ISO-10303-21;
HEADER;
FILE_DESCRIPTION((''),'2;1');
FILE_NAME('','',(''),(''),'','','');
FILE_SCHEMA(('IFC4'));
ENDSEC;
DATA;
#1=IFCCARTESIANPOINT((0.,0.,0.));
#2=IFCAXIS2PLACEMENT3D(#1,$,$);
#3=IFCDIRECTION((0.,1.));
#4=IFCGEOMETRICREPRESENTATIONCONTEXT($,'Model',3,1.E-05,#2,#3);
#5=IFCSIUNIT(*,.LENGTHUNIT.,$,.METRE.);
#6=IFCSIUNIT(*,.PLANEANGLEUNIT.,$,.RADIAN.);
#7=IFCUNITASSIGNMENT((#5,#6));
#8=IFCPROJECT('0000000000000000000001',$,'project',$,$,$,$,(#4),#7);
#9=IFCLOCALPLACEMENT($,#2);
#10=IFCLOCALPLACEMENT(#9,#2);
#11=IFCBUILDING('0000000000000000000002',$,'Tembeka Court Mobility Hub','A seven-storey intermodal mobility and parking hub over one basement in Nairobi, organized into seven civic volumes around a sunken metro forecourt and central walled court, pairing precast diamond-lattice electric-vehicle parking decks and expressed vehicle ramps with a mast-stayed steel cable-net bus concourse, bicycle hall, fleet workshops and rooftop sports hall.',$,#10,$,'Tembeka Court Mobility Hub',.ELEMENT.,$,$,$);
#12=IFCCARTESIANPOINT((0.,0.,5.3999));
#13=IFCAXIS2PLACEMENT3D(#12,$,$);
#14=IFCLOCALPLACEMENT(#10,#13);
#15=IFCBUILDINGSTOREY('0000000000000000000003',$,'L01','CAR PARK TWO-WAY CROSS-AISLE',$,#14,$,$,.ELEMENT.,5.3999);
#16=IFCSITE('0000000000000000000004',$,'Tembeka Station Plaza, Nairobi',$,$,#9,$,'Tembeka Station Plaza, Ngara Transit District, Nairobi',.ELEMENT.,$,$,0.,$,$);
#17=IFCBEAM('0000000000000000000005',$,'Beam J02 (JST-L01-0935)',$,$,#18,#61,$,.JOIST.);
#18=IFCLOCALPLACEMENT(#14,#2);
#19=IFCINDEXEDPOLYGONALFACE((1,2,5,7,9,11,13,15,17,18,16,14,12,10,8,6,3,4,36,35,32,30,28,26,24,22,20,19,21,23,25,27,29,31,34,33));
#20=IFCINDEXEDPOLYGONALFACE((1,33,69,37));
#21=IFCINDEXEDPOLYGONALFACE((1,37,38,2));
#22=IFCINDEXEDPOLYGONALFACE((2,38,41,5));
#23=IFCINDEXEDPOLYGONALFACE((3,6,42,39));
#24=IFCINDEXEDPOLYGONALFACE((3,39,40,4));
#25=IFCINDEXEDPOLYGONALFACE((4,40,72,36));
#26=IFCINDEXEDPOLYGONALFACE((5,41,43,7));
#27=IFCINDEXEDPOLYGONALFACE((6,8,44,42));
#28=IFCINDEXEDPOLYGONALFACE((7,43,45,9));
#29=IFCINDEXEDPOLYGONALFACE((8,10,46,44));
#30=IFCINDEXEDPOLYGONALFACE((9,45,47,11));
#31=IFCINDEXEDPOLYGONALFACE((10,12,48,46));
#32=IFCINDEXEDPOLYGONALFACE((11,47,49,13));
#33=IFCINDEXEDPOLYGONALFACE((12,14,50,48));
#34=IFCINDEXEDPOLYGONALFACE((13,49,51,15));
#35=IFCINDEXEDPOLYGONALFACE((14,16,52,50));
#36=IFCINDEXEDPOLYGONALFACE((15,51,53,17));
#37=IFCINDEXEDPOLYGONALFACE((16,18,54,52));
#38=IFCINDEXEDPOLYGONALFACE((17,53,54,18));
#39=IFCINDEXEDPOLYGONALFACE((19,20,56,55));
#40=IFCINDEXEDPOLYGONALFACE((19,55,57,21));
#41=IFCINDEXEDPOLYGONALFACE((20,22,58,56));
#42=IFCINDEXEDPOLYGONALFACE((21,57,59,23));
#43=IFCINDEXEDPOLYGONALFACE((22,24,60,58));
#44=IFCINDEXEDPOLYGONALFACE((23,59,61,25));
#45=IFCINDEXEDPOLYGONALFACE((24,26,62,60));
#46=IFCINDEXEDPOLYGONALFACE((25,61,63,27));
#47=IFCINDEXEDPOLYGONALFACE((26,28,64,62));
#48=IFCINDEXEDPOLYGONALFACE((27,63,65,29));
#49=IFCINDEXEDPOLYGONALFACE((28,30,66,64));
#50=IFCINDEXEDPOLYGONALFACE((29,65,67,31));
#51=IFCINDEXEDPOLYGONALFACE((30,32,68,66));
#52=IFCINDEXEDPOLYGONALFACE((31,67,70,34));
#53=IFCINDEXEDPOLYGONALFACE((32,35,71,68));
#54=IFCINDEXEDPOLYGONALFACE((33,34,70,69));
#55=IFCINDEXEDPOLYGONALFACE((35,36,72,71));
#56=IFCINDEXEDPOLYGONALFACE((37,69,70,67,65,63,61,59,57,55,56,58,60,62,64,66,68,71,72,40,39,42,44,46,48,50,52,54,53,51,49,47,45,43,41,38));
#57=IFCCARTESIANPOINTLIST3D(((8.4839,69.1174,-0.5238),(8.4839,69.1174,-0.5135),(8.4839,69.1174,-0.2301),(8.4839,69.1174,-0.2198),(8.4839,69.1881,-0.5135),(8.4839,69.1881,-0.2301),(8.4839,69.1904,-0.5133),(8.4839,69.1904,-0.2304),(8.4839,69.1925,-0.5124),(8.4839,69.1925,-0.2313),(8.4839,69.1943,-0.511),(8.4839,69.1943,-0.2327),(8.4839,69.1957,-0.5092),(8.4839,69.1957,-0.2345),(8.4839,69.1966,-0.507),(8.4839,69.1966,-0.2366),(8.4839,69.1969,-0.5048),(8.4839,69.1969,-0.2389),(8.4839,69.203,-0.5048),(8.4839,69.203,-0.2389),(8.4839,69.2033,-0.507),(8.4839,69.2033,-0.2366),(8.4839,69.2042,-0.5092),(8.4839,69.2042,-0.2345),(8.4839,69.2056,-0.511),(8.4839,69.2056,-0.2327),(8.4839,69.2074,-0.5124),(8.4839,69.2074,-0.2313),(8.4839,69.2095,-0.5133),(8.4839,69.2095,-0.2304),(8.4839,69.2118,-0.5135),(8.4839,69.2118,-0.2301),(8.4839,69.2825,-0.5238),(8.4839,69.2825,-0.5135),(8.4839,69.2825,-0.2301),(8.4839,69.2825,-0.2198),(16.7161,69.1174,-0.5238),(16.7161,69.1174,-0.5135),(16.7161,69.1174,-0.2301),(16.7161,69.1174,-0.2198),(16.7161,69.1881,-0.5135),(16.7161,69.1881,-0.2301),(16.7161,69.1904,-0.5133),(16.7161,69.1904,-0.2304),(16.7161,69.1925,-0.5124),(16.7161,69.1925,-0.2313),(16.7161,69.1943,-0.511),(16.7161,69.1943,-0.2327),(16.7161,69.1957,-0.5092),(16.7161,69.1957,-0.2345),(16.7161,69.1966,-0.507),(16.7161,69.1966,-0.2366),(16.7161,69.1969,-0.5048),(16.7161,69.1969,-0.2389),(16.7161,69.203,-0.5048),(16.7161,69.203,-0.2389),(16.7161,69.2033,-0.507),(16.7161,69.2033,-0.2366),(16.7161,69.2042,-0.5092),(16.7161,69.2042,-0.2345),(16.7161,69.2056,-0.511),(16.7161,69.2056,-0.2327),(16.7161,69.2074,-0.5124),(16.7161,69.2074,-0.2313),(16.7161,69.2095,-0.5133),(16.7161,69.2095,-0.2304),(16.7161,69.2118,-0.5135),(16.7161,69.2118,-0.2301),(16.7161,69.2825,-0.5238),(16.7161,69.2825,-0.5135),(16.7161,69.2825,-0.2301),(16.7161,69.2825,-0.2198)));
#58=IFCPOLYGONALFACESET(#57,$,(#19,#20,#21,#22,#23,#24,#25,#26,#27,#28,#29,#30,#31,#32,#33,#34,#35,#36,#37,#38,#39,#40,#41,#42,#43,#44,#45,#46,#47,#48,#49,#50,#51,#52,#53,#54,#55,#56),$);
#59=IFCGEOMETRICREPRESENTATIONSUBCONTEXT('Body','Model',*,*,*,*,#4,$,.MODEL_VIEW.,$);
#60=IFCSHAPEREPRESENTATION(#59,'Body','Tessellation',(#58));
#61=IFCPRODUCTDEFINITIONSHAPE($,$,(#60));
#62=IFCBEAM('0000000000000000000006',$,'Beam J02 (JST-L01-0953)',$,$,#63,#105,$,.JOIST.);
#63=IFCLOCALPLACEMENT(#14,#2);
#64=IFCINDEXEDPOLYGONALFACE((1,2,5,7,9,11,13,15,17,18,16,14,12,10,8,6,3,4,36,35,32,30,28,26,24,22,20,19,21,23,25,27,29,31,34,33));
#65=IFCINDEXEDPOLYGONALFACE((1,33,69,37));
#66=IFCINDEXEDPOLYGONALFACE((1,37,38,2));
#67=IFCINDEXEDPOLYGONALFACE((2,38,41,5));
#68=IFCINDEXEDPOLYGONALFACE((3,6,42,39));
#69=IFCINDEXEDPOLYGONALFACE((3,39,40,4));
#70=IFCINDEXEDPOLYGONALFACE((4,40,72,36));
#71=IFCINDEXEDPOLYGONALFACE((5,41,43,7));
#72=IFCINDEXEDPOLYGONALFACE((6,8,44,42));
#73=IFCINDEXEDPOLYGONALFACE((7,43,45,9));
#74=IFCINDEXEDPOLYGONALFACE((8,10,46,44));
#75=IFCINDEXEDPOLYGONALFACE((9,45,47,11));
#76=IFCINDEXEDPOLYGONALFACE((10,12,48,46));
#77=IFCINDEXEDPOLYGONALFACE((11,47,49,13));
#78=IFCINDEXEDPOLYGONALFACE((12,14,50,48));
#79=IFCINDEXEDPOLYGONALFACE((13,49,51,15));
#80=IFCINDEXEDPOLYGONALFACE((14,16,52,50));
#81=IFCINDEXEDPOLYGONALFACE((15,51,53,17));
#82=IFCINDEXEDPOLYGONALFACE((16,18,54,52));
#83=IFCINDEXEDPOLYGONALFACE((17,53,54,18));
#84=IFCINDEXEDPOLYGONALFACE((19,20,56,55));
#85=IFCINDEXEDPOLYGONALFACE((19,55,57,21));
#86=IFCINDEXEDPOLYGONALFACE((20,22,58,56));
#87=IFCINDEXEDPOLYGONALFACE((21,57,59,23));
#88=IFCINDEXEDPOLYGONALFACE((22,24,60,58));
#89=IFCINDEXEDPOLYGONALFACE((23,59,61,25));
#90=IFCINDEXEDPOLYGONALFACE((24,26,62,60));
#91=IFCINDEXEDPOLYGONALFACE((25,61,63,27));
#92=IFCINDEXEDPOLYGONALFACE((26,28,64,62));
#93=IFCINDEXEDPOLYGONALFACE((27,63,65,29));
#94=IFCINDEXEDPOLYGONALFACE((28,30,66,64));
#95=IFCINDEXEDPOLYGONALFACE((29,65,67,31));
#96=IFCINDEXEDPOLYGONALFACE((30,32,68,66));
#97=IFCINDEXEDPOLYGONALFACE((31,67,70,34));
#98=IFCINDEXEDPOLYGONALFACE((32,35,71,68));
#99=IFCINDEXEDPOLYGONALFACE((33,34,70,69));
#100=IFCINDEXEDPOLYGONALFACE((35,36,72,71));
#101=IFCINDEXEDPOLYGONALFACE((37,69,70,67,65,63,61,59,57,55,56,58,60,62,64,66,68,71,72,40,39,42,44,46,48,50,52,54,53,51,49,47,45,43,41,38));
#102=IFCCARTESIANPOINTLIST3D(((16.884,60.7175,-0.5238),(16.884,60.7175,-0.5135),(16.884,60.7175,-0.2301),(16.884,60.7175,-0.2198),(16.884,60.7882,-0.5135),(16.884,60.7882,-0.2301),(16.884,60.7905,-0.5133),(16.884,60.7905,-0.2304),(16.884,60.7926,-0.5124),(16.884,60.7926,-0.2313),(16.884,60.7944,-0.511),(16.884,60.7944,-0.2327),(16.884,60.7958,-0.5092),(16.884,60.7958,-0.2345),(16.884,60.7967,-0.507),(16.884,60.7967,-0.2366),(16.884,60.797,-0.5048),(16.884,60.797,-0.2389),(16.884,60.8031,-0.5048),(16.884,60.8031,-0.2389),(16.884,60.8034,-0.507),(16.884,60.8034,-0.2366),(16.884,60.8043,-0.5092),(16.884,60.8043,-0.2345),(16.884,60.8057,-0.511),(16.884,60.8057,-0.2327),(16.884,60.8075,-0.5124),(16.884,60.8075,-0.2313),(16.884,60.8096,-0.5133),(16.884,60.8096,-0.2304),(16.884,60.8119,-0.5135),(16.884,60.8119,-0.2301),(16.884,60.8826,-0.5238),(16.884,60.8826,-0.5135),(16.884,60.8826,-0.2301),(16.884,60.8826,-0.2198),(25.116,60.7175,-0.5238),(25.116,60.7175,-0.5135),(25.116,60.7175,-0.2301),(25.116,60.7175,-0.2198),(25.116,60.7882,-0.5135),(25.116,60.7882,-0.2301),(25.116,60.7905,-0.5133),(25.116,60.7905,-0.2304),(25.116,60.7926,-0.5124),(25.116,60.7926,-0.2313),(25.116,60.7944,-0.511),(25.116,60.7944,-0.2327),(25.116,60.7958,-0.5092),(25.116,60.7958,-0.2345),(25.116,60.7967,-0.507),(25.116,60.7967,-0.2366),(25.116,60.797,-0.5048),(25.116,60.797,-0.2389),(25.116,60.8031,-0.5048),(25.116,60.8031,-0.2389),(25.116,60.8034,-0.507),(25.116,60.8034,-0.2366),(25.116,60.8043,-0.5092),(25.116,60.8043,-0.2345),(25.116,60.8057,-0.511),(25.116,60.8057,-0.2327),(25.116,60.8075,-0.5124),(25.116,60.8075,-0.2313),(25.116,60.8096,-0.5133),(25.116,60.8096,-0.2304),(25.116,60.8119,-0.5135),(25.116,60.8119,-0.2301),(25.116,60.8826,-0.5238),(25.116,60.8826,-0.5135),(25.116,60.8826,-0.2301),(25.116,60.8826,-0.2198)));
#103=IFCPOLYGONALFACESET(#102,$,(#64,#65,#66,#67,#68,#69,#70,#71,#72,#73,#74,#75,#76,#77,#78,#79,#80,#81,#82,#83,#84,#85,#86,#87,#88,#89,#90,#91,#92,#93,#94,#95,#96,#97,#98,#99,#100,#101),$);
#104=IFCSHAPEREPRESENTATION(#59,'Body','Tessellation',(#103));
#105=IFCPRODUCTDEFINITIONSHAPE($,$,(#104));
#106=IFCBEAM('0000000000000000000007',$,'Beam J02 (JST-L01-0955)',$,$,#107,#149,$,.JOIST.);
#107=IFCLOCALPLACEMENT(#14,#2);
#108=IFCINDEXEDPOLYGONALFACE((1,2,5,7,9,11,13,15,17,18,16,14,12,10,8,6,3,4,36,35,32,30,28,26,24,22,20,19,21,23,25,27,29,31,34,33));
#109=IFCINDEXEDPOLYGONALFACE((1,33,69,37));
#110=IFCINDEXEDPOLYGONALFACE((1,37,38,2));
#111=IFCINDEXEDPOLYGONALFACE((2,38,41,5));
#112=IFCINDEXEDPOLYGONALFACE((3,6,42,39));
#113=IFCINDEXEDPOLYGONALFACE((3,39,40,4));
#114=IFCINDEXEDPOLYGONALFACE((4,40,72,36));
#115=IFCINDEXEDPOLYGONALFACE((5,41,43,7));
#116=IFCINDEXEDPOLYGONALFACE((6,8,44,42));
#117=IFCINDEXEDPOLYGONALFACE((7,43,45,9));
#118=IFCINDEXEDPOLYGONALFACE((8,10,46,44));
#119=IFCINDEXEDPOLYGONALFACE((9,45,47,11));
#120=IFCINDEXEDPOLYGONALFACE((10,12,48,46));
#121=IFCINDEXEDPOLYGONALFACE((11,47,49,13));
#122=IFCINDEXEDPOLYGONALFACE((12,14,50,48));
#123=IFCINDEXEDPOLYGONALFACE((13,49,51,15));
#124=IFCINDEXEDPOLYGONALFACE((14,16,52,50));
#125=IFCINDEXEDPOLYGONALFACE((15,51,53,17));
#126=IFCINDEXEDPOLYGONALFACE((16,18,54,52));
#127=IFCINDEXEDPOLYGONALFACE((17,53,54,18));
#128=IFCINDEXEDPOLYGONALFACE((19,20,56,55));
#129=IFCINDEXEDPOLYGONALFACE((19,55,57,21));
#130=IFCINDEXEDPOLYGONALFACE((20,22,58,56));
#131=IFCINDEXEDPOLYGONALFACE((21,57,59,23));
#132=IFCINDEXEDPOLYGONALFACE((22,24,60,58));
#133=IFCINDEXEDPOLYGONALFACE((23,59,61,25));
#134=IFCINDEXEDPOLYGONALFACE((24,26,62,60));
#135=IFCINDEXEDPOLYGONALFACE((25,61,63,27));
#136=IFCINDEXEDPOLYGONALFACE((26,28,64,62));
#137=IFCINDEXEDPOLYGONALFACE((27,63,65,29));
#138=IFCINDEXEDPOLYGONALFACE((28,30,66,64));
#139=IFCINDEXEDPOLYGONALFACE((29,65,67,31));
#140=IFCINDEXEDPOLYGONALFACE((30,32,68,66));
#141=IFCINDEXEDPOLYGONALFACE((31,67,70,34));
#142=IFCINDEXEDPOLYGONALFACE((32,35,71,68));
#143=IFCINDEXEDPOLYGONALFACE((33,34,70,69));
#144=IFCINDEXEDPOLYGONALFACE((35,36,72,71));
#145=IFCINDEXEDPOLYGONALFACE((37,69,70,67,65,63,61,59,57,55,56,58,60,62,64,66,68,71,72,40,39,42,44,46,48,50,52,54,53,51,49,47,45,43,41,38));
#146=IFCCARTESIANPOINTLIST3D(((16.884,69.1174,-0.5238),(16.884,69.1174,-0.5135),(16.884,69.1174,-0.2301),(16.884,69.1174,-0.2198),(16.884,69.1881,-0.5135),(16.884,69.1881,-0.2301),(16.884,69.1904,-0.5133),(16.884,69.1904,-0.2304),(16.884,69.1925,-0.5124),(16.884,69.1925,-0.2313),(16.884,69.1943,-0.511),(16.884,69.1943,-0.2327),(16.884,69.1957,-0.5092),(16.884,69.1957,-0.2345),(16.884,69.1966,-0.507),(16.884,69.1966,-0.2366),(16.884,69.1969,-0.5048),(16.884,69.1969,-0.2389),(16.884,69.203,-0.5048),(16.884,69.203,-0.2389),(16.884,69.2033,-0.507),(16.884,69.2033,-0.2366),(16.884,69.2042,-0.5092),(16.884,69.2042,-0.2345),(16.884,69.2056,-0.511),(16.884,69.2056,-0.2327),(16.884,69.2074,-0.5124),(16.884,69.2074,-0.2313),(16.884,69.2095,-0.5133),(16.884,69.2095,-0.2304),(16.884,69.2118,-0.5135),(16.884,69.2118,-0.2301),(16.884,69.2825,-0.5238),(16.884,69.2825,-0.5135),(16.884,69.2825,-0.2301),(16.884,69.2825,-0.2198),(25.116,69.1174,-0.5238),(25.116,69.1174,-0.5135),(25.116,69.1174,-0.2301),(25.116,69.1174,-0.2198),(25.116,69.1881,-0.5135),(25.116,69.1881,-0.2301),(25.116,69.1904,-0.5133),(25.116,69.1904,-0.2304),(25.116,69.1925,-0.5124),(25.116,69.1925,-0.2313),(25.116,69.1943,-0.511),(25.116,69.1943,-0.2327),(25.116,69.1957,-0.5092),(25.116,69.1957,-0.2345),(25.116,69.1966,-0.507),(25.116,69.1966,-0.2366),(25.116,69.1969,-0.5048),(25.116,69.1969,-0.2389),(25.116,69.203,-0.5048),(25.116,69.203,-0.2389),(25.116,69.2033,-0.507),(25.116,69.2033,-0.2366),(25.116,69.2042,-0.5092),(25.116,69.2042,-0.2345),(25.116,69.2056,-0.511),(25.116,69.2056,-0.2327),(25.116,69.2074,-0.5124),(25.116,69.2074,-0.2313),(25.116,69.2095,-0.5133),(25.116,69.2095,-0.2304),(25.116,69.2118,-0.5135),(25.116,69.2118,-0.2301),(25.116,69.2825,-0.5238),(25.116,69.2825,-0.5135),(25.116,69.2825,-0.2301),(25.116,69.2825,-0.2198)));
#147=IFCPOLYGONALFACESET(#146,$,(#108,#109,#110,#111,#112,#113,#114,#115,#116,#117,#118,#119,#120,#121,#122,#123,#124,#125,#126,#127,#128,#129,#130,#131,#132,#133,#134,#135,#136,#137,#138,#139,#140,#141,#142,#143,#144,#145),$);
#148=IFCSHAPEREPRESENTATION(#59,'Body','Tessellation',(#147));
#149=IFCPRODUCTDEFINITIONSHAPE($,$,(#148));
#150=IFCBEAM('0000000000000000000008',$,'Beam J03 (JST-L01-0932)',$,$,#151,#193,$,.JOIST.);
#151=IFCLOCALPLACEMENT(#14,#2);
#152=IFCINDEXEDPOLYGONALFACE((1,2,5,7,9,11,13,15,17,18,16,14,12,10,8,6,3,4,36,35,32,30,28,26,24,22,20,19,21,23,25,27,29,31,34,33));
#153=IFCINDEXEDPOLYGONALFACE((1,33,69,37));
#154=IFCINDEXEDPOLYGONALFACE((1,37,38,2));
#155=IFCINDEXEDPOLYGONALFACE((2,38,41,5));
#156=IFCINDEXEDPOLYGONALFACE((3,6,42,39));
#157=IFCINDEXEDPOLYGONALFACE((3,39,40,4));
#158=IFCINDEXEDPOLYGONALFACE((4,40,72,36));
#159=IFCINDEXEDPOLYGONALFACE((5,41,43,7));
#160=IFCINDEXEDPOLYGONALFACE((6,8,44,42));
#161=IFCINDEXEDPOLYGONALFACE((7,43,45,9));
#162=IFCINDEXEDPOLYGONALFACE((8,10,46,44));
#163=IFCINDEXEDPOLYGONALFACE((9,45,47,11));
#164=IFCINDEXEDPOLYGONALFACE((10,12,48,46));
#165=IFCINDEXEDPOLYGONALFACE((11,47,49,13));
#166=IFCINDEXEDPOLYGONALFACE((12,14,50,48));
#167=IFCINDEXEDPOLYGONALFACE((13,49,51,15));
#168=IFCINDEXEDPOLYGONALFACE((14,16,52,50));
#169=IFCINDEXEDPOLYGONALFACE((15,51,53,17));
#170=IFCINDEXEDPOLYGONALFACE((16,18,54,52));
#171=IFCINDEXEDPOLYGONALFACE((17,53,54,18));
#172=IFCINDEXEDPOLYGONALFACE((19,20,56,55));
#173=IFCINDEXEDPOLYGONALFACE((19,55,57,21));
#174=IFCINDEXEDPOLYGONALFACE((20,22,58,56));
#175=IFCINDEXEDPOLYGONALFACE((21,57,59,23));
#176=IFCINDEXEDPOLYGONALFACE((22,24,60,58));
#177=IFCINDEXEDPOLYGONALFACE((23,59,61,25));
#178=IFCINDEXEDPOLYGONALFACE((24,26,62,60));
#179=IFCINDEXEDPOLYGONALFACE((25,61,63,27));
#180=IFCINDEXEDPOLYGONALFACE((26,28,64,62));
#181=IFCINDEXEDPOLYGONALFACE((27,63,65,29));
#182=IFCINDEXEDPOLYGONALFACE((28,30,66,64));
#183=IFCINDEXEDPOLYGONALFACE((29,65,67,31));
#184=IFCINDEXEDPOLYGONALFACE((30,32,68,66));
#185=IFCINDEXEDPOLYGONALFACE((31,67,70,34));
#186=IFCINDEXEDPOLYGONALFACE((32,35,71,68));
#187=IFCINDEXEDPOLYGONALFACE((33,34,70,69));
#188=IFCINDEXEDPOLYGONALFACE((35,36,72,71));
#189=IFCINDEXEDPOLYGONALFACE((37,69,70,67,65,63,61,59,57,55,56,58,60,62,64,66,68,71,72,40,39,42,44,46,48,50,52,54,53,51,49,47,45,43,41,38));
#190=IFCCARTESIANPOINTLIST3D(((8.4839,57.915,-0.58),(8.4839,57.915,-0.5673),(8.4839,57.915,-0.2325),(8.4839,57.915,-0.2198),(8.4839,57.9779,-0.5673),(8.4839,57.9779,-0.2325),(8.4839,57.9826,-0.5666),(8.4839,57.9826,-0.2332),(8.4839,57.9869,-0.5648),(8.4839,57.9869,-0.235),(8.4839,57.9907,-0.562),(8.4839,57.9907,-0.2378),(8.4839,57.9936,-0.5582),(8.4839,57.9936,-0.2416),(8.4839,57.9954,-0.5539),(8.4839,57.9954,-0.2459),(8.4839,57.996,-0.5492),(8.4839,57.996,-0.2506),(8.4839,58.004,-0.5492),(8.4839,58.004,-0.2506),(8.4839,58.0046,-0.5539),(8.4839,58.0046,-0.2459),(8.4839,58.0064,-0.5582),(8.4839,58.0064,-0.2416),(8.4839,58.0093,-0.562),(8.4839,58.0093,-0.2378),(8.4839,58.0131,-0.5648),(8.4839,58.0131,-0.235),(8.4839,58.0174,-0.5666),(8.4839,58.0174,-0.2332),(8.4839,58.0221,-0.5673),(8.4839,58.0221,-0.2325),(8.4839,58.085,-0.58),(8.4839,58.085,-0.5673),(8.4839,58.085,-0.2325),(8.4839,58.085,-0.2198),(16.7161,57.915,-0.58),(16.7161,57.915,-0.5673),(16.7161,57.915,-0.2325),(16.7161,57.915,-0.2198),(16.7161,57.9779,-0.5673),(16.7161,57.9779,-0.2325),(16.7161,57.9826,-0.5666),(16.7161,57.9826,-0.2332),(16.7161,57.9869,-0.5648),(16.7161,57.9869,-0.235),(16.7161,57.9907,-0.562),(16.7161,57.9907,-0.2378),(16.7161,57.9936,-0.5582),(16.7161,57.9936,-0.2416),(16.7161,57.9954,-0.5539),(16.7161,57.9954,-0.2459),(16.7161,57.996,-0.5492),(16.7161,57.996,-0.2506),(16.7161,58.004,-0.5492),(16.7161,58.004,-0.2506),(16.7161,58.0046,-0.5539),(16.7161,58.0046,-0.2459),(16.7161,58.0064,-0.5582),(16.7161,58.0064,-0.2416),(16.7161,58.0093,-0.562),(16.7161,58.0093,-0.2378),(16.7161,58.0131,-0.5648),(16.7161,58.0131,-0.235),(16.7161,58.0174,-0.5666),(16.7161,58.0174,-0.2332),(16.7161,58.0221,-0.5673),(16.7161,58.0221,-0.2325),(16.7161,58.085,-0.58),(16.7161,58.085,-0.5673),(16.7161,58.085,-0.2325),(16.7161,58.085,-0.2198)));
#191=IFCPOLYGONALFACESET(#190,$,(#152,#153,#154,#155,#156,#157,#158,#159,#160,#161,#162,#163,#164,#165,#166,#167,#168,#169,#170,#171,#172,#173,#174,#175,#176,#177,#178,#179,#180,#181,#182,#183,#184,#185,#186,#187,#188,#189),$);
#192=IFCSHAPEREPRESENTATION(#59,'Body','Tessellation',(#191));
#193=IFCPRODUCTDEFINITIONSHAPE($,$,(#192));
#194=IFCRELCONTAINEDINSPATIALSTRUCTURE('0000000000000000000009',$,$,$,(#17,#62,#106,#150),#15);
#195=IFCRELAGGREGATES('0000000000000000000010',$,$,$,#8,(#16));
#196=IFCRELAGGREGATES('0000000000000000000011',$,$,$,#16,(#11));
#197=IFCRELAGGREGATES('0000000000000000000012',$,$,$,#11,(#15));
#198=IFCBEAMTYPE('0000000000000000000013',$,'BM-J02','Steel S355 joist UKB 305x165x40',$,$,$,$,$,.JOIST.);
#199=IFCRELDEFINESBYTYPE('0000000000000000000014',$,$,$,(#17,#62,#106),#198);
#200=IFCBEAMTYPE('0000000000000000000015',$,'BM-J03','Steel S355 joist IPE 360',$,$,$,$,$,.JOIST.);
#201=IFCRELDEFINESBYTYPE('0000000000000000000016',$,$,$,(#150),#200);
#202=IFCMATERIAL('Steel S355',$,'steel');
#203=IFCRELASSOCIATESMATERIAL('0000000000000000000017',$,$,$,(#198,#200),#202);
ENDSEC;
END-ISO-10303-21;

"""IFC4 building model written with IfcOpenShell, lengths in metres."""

from ifc_helpers import new_model, si_unit, direction, frame, origin, origin_2d, place, context, subcontext, project, spatial, i_section, extrude, material, material_profile, profile_set, type_object, element, save


model = new_model("IFC4")

# Units and contexts
model_context = context("Model", 3, precision=1e-05, world=origin(), true_north=direction((0.0, 1.0)))
body_context = subcontext(model_context, "Body", "Model", "MODEL_VIEW")
ifc_project = project(units=[si_unit("LENGTHUNIT", "METRE"), si_unit("PLANEANGLEUNIT", "RADIAN")], contexts=[model_context])

# Site, building, storey
site_placement = place(None, origin())
site = spatial("IfcSite", under=ifc_project, at=site_placement, Name="Tembeka Station Plaza, Nairobi", LongName="Tembeka Station Plaza, Ngara Transit District, Nairobi", CompositionType="ELEMENT", RefElevation=0.0)
building_placement = place(site_placement, origin())
building = spatial("IfcBuilding", under=site, at=building_placement, Name="Tembeka Court Mobility Hub", Description="A seven-storey intermodal mobility and parking hub over one basement in Nairobi, organized into seven civic volumes around a sunken metro forecourt and central walled court, pairing precast diamond-lattice electric-vehicle parking decks and expressed vehicle ramps with a mast-stayed steel cable-net bus concourse, bicycle hall, fleet workshops and rooftop sports hall.", LongName="Tembeka Court Mobility Hub", CompositionType="ELEMENT")
storey_placement = place(building_placement, frame((0.0, 0.0, 5.3999)))
storey = spatial("IfcBuildingStorey", under=building, at=storey_placement, Name="L01", Description="CAR PARK TWO-WAY CROSS-AISLE", CompositionType="ELEMENT", Elevation=5.3999)

# Shared definitions
ifc_material_1 = material(Name="Steel S355", Category="steel")

# Beams
ifc_material_profile_1 = material_profile(ifc_material_1, i_section(OverallWidth=0.165, OverallDepth=0.304, WebThickness=0.0061, FlangeThickness=0.0103, FilletRadius=0.0088, at=origin_2d()), Name="UKB 305x165x40")
ifc_profile_set_1 = profile_set([ifc_material_profile_1], Name="Steel S355")
beam_type_1 = type_object("IfcBeamType", Name="BM-J02", Description="Steel S355 joist UKB 305x165x40", PredefinedType="JOIST", material=ifc_profile_set_1)
for number, where, z_axis, x_axis, name in (
    (1, (8.4839, 69.2, -0.3718), (1.0, 0.0, 0.0), (0.0, 1.0, 0.0), "Beam J02 (JST-L01-0935)"),
):
    element("IfcBeam", number, at=place(storey_placement, frame(where, z_axis=z_axis, x_axis=x_axis)), inside=storey, type_object=beam_type_1, Name=name, PredefinedType="JOIST", context=body_context, shape_type="SweptSolid", body=[
        extrude(i_section(OverallWidth=0.165, OverallDepth=0.304, WebThickness=0.0061, FlangeThickness=0.0103, FilletRadius=0.0088, at=origin_2d()), origin(), (0.0, 0.0, 1.0), 8.2322),
    ])
for number, where, z_axis, x_axis, name in (
    (2, (16.884, 60.8, -0.3718), (1.0, 0.0, 0.0), (0.0, 1.0, 0.0), "Beam J02 (JST-L01-0953)"),
    (3, (16.884, 69.2, -0.3718), (1.0, 0.0, 0.0), (0.0, 1.0, 0.0), "Beam J02 (JST-L01-0955)"),
):
    element("IfcBeam", number, at=place(storey_placement, frame(where, z_axis=z_axis, x_axis=x_axis)), inside=storey, type_object=beam_type_1, Name=name, PredefinedType="JOIST", context=body_context, shape_type="SweptSolid", body=[
        extrude(i_section(OverallWidth=0.165, OverallDepth=0.304, WebThickness=0.0061, FlangeThickness=0.0103, FilletRadius=0.0088, at=origin_2d()), origin(), (0.0, 0.0, 1.0), 8.2319),
    ])
ifc_material_profile_2 = material_profile(ifc_material_1, i_section(OverallWidth=0.1699, OverallDepth=0.3601, WebThickness=0.0081, FlangeThickness=0.0127, FilletRadius=0.0181, at=origin_2d()), Name="IPE 360")
ifc_profile_set_2 = profile_set([ifc_material_profile_2], Name="Steel S355")
beam_type_2 = type_object("IfcBeamType", Name="BM-J03", Description="Steel S355 joist IPE 360", PredefinedType="JOIST", material=ifc_profile_set_2)
for number, where, z_axis, x_axis, name in (
    (4, (8.4839, 58.0, -0.3999), (1.0, 0.0, 0.0), (0.0, 1.0, 0.0), "Beam J03 (JST-L01-0932)"),
):
    element("IfcBeam", number, at=place(storey_placement, frame(where, z_axis=z_axis, x_axis=x_axis)), inside=storey, type_object=beam_type_2, Name=name, PredefinedType="JOIST", context=body_context, shape_type="SweptSolid", body=[
        extrude(i_section(OverallWidth=0.1699, OverallDepth=0.3601, WebThickness=0.0081, FlangeThickness=0.0127, FilletRadius=0.0181, at=origin_2d()), origin(), (0.0, 0.0, 1.0), 8.2322),
    ])

save(model, "model.ifc")
